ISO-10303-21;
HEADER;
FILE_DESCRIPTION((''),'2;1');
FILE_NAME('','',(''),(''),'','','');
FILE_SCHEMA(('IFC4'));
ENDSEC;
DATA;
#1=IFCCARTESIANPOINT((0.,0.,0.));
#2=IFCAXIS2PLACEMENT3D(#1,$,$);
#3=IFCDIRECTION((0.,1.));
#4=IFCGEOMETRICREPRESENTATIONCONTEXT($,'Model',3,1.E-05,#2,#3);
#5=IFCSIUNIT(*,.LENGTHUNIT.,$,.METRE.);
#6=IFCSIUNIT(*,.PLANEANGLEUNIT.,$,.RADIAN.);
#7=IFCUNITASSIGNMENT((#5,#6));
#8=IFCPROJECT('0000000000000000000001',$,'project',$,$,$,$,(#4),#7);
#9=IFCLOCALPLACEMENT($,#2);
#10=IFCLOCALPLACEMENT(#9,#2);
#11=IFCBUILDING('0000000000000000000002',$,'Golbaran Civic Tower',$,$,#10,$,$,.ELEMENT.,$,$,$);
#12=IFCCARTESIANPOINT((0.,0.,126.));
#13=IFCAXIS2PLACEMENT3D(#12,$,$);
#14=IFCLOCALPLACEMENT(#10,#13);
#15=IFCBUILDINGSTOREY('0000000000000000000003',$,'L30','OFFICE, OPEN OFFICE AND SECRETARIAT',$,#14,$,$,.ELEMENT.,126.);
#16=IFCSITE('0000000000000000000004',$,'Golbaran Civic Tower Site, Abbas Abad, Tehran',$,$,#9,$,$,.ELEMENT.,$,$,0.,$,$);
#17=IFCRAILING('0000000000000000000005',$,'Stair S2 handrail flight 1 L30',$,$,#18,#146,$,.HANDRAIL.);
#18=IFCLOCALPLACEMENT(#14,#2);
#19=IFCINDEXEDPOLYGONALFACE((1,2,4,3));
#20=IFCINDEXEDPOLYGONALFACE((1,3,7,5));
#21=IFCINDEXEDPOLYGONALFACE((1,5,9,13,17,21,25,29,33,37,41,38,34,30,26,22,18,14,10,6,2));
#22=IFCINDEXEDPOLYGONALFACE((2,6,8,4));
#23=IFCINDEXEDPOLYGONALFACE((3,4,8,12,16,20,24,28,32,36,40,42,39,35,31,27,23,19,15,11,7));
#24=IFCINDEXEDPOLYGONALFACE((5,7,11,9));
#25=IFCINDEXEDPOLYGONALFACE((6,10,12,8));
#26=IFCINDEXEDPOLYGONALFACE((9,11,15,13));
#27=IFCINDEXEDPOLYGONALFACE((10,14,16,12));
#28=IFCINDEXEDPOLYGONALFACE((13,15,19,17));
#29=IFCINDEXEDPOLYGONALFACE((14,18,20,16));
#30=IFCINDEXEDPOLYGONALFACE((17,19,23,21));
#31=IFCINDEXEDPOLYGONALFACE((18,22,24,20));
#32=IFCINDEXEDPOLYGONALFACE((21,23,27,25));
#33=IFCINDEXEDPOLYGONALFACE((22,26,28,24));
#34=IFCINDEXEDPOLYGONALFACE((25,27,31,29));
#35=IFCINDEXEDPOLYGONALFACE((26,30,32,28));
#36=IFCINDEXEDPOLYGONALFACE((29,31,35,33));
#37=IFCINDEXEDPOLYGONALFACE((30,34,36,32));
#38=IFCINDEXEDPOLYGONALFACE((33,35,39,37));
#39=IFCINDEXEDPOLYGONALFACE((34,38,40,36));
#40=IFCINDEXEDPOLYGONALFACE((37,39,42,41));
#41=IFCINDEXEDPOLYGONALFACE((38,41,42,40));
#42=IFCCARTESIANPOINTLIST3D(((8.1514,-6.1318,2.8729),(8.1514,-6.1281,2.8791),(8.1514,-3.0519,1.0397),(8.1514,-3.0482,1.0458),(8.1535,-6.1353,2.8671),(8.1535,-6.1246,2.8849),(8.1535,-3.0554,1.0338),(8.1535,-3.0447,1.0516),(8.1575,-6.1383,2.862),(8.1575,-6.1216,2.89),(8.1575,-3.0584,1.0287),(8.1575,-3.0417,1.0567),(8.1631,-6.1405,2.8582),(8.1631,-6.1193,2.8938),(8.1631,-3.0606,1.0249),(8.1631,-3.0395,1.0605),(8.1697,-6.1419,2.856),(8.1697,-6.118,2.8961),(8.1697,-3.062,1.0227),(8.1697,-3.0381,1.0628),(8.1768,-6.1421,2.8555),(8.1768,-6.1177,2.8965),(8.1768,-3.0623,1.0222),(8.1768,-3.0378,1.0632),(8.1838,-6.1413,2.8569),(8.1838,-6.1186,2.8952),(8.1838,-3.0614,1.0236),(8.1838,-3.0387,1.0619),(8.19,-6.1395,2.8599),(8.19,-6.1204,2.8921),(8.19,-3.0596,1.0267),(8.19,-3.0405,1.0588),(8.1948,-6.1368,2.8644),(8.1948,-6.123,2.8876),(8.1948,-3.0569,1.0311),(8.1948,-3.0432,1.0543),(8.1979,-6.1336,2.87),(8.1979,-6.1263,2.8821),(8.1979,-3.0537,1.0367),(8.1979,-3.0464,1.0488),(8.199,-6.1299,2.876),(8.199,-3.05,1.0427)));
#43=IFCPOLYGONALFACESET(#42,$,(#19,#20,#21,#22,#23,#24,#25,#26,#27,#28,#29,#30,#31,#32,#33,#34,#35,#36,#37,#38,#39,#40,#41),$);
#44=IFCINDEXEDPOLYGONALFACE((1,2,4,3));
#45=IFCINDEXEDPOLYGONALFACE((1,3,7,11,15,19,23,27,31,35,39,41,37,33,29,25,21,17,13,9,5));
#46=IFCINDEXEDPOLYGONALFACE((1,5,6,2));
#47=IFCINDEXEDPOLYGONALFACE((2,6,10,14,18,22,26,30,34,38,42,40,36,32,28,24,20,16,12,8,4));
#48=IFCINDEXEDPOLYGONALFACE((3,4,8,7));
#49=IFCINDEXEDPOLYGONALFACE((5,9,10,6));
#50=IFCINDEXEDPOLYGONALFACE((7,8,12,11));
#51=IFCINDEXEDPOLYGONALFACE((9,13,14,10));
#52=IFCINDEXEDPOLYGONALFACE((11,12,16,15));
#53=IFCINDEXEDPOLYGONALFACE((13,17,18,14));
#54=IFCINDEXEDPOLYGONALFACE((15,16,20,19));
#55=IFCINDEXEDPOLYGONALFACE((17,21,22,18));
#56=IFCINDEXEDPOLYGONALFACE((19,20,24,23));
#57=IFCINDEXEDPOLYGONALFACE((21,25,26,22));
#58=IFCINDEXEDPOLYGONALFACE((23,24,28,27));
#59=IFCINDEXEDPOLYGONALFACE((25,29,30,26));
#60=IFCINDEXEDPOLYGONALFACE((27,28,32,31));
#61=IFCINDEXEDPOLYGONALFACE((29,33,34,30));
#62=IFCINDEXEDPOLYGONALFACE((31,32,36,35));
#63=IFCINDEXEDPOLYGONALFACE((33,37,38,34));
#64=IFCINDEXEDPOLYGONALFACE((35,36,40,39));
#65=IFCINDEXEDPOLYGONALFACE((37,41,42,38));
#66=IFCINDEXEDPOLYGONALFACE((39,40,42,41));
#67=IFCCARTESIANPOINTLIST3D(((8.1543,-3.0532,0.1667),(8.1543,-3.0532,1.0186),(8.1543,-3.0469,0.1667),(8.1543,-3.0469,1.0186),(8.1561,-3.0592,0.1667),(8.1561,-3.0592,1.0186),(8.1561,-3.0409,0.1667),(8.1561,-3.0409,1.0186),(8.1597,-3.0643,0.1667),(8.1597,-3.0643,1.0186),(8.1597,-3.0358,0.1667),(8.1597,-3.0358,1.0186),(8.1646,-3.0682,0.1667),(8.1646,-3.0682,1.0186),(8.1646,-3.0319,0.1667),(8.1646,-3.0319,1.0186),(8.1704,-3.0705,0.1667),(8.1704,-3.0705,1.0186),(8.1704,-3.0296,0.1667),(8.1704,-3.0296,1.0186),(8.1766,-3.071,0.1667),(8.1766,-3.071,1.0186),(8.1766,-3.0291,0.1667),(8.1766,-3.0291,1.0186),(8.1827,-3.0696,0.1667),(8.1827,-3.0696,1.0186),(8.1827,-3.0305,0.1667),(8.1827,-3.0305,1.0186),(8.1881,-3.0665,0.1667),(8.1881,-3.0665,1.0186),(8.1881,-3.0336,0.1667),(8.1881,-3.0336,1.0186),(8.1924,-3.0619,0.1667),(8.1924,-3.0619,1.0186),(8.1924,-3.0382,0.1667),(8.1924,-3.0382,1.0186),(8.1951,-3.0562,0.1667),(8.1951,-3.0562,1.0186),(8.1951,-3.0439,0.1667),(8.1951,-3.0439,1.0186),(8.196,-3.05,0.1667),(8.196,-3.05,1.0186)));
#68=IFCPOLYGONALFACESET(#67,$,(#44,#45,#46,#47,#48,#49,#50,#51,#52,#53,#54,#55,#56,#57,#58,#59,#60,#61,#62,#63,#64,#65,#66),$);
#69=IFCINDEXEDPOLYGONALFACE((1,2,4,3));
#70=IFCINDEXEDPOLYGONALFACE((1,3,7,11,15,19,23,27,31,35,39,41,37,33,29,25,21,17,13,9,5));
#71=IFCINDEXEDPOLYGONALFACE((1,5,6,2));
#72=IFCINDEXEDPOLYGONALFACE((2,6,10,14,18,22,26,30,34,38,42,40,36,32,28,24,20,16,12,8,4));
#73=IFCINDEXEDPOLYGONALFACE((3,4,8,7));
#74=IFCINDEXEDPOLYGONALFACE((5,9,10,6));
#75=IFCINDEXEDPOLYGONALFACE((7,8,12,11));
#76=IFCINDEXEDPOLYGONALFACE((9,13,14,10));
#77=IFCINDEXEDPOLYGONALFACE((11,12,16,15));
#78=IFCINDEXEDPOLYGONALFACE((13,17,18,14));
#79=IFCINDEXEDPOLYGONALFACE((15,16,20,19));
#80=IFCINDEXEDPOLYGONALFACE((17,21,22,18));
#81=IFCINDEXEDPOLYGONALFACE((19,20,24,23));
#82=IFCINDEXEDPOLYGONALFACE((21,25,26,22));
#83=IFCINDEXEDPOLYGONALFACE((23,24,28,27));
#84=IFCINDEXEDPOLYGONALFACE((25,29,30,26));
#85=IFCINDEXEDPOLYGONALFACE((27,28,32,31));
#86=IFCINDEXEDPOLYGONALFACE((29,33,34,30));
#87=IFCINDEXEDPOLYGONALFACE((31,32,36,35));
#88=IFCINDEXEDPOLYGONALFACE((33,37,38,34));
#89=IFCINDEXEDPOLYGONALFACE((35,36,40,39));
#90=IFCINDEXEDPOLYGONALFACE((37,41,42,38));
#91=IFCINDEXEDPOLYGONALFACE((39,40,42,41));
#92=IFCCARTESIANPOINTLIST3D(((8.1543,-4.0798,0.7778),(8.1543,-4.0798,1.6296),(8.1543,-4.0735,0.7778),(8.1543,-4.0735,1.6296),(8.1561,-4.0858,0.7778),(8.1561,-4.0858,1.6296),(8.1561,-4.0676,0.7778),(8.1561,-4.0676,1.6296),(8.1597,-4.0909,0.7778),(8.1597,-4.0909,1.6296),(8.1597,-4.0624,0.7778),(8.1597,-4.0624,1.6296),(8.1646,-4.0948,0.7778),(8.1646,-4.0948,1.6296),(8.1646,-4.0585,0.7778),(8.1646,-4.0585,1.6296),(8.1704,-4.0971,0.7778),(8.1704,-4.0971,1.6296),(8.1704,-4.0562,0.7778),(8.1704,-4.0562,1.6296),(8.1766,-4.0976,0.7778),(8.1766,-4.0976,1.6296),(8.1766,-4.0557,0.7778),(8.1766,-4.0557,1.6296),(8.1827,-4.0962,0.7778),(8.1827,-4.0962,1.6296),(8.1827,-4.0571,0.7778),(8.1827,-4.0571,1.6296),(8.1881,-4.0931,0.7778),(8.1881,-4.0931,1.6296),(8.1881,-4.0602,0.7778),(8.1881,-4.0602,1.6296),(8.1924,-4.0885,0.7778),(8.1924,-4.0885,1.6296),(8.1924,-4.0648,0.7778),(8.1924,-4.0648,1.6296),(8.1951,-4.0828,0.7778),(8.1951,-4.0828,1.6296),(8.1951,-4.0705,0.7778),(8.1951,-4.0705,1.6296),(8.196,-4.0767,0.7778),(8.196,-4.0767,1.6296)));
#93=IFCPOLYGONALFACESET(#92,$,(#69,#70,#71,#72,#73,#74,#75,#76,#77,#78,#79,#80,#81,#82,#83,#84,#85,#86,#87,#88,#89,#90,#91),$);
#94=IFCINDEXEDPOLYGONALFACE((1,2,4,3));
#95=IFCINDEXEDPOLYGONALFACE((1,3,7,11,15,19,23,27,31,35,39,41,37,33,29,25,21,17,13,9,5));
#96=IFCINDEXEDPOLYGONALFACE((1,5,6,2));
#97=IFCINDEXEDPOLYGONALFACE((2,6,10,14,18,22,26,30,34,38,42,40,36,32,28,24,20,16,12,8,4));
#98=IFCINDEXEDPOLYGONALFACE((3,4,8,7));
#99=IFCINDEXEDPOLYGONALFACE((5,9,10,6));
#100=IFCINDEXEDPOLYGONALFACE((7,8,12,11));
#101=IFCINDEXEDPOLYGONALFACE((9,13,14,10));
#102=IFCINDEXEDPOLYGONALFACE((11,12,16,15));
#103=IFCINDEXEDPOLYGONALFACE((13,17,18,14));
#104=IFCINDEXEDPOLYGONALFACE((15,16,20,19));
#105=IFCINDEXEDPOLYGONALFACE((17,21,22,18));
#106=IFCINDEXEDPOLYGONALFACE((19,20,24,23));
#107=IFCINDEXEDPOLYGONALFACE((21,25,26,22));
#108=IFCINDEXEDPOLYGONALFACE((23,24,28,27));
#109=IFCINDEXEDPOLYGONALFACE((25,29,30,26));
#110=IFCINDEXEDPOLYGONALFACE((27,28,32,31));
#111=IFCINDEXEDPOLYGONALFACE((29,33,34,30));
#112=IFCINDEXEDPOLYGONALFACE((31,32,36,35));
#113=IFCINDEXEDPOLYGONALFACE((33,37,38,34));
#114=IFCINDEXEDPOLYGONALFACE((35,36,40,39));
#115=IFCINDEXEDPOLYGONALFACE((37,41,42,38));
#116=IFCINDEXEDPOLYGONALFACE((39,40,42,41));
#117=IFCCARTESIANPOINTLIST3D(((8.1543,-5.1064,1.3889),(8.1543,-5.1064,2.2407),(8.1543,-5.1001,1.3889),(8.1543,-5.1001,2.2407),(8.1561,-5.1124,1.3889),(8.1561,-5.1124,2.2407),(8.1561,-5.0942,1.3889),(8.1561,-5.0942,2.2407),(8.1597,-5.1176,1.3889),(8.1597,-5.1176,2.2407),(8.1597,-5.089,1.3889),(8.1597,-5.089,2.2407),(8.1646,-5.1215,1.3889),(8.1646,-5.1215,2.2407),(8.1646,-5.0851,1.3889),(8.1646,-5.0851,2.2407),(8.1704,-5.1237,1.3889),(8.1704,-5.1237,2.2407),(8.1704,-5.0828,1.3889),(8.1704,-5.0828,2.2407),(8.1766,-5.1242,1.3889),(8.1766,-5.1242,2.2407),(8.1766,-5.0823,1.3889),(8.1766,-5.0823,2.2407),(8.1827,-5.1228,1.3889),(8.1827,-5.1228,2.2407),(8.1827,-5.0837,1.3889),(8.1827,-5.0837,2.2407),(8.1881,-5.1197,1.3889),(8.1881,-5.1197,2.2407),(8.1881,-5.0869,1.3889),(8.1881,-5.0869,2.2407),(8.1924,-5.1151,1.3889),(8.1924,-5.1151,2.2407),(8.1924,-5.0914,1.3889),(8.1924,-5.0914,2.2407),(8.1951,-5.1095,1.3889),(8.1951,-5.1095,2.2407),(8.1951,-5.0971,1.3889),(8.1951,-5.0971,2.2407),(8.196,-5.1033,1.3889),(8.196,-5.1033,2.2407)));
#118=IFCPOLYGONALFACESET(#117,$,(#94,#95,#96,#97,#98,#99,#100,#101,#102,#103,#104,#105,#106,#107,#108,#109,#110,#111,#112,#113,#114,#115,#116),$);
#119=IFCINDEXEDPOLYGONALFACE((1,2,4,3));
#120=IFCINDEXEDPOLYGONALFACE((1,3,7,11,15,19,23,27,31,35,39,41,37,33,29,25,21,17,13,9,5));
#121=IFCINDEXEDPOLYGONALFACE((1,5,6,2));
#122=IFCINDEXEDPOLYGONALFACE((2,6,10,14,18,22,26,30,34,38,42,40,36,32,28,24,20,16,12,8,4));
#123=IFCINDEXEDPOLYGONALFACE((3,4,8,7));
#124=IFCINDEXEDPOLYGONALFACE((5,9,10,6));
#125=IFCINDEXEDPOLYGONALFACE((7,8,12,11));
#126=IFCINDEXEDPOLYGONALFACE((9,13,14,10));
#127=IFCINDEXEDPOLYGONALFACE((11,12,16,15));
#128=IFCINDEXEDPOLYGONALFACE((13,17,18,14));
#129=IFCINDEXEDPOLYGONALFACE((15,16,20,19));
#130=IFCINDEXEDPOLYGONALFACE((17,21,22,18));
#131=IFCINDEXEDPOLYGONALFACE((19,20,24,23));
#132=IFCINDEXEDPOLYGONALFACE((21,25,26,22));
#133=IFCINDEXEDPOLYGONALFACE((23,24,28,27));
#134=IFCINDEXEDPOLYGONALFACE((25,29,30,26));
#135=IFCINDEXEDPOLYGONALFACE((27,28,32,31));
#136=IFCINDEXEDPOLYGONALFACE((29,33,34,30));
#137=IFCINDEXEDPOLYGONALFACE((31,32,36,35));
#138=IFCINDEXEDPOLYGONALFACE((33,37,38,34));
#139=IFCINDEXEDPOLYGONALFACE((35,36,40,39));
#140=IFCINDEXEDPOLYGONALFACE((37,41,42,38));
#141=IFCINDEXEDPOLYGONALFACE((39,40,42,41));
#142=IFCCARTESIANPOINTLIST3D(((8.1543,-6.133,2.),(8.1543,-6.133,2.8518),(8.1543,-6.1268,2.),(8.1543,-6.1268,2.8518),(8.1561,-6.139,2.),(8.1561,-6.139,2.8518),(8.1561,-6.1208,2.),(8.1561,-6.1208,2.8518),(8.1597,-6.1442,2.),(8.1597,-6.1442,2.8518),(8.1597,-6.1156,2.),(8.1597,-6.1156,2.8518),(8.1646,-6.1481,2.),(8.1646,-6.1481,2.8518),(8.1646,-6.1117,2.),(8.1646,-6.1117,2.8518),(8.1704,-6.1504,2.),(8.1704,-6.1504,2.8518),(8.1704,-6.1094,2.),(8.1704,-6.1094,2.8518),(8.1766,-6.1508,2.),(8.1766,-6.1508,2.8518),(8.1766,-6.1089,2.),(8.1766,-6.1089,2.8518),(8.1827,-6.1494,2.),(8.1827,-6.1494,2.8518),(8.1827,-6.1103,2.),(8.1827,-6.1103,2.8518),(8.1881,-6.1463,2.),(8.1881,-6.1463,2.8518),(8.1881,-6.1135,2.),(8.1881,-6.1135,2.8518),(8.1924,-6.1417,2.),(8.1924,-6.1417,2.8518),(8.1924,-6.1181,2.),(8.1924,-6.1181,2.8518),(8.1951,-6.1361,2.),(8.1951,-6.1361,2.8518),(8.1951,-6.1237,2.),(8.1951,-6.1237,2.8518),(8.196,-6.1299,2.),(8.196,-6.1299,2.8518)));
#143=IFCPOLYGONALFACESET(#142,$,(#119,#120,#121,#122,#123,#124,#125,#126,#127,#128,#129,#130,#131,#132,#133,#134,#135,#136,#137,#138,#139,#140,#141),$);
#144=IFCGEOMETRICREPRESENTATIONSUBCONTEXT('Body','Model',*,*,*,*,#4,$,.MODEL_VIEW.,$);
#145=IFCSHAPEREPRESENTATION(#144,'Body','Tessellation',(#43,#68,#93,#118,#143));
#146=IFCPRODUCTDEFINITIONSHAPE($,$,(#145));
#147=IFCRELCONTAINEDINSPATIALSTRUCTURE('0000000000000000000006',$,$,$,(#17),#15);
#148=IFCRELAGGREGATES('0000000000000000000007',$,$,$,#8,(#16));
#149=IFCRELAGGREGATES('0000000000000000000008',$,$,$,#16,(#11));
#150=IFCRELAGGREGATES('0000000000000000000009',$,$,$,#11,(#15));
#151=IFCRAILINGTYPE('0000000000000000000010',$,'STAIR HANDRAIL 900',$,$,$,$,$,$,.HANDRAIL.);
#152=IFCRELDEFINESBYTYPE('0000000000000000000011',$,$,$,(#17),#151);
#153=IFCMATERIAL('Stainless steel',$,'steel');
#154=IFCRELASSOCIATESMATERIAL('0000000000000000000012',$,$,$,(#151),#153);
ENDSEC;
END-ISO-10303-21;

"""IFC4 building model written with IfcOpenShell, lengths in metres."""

from ifc_helpers import new_model, si_unit, direction, frame, origin, origin_2d, place, context, subcontext, project, spatial, circle, extrude, material, type_object, element, save


model = new_model("IFC4")

# Units and contexts
model_context = context("Model", 3, precision=1e-05, world=origin(), true_north=direction((0.0, 1.0)))
body_context = subcontext(model_context, "Body", "Model", "MODEL_VIEW")
ifc_project = project(units=[si_unit("LENGTHUNIT", "METRE"), si_unit("PLANEANGLEUNIT", "RADIAN")], contexts=[model_context])

# Site, building, storey
site_placement = place(None, origin())
site = spatial("IfcSite", under=ifc_project, at=site_placement, Name="Golbaran Civic Tower Site, Abbas Abad, Tehran", CompositionType="ELEMENT", RefElevation=0.0)
building_placement = place(site_placement, origin())
building = spatial("IfcBuilding", under=site, at=building_placement, Name="Golbaran Civic Tower", CompositionType="ELEMENT")
storey_placement = place(building_placement, frame((0.0, 0.0, 126.0)))
storey = spatial("IfcBuildingStorey", under=building, at=storey_placement, Name="L30", Description="OFFICE, OPEN OFFICE AND SECRETARIAT", CompositionType="ELEMENT", Elevation=126.0)

# Shared definitions
ifc_material_1 = material(Name="Stainless steel", Category="steel")

# Railing
railing_type = type_object("IfcRailingType", Name="STAIR HANDRAIL 900", PredefinedType="HANDRAIL", material=ifc_material_1)
railing_1_placement = place(storey_placement, frame((8.175, -3.05, 0.1667)))
element("IfcRailing", 1, at=railing_1_placement, inside=storey, type_object=railing_type, Name="Stair S2 handrail flight 1 L30", PredefinedType="HANDRAIL", context=body_context, shape_type="SweptSolid", body=[
    extrude(circle(Radius=0.0239, at=origin_2d()), frame((0.0, 0.0, 0.876), z_axis=(0.0, -0.859291, 0.511487), x_axis=(1.0, 0.0, 0.0)), (0.0, 0.0, 1.0), 3.5842),
    extrude(circle(Radius=0.021, at=origin_2d()), origin(), (0.0, 0.0, 1.0), 0.8518),
    extrude(circle(Radius=0.021, at=origin_2d()), frame((0.0, -1.0266, 0.6111)), (0.0, 0.0, 1.0), 0.8518),
    extrude(circle(Radius=0.021, at=origin_2d()), frame((0.0, -2.0532, 1.2222)), (0.0, 0.0, 1.0), 0.8518),
    extrude(circle(Radius=0.021, at=origin_2d()), frame((0.0, -3.0798, 1.8333)), (0.0, 0.0, 1.0), 0.8518),
])

save(model, "model.ifc")
